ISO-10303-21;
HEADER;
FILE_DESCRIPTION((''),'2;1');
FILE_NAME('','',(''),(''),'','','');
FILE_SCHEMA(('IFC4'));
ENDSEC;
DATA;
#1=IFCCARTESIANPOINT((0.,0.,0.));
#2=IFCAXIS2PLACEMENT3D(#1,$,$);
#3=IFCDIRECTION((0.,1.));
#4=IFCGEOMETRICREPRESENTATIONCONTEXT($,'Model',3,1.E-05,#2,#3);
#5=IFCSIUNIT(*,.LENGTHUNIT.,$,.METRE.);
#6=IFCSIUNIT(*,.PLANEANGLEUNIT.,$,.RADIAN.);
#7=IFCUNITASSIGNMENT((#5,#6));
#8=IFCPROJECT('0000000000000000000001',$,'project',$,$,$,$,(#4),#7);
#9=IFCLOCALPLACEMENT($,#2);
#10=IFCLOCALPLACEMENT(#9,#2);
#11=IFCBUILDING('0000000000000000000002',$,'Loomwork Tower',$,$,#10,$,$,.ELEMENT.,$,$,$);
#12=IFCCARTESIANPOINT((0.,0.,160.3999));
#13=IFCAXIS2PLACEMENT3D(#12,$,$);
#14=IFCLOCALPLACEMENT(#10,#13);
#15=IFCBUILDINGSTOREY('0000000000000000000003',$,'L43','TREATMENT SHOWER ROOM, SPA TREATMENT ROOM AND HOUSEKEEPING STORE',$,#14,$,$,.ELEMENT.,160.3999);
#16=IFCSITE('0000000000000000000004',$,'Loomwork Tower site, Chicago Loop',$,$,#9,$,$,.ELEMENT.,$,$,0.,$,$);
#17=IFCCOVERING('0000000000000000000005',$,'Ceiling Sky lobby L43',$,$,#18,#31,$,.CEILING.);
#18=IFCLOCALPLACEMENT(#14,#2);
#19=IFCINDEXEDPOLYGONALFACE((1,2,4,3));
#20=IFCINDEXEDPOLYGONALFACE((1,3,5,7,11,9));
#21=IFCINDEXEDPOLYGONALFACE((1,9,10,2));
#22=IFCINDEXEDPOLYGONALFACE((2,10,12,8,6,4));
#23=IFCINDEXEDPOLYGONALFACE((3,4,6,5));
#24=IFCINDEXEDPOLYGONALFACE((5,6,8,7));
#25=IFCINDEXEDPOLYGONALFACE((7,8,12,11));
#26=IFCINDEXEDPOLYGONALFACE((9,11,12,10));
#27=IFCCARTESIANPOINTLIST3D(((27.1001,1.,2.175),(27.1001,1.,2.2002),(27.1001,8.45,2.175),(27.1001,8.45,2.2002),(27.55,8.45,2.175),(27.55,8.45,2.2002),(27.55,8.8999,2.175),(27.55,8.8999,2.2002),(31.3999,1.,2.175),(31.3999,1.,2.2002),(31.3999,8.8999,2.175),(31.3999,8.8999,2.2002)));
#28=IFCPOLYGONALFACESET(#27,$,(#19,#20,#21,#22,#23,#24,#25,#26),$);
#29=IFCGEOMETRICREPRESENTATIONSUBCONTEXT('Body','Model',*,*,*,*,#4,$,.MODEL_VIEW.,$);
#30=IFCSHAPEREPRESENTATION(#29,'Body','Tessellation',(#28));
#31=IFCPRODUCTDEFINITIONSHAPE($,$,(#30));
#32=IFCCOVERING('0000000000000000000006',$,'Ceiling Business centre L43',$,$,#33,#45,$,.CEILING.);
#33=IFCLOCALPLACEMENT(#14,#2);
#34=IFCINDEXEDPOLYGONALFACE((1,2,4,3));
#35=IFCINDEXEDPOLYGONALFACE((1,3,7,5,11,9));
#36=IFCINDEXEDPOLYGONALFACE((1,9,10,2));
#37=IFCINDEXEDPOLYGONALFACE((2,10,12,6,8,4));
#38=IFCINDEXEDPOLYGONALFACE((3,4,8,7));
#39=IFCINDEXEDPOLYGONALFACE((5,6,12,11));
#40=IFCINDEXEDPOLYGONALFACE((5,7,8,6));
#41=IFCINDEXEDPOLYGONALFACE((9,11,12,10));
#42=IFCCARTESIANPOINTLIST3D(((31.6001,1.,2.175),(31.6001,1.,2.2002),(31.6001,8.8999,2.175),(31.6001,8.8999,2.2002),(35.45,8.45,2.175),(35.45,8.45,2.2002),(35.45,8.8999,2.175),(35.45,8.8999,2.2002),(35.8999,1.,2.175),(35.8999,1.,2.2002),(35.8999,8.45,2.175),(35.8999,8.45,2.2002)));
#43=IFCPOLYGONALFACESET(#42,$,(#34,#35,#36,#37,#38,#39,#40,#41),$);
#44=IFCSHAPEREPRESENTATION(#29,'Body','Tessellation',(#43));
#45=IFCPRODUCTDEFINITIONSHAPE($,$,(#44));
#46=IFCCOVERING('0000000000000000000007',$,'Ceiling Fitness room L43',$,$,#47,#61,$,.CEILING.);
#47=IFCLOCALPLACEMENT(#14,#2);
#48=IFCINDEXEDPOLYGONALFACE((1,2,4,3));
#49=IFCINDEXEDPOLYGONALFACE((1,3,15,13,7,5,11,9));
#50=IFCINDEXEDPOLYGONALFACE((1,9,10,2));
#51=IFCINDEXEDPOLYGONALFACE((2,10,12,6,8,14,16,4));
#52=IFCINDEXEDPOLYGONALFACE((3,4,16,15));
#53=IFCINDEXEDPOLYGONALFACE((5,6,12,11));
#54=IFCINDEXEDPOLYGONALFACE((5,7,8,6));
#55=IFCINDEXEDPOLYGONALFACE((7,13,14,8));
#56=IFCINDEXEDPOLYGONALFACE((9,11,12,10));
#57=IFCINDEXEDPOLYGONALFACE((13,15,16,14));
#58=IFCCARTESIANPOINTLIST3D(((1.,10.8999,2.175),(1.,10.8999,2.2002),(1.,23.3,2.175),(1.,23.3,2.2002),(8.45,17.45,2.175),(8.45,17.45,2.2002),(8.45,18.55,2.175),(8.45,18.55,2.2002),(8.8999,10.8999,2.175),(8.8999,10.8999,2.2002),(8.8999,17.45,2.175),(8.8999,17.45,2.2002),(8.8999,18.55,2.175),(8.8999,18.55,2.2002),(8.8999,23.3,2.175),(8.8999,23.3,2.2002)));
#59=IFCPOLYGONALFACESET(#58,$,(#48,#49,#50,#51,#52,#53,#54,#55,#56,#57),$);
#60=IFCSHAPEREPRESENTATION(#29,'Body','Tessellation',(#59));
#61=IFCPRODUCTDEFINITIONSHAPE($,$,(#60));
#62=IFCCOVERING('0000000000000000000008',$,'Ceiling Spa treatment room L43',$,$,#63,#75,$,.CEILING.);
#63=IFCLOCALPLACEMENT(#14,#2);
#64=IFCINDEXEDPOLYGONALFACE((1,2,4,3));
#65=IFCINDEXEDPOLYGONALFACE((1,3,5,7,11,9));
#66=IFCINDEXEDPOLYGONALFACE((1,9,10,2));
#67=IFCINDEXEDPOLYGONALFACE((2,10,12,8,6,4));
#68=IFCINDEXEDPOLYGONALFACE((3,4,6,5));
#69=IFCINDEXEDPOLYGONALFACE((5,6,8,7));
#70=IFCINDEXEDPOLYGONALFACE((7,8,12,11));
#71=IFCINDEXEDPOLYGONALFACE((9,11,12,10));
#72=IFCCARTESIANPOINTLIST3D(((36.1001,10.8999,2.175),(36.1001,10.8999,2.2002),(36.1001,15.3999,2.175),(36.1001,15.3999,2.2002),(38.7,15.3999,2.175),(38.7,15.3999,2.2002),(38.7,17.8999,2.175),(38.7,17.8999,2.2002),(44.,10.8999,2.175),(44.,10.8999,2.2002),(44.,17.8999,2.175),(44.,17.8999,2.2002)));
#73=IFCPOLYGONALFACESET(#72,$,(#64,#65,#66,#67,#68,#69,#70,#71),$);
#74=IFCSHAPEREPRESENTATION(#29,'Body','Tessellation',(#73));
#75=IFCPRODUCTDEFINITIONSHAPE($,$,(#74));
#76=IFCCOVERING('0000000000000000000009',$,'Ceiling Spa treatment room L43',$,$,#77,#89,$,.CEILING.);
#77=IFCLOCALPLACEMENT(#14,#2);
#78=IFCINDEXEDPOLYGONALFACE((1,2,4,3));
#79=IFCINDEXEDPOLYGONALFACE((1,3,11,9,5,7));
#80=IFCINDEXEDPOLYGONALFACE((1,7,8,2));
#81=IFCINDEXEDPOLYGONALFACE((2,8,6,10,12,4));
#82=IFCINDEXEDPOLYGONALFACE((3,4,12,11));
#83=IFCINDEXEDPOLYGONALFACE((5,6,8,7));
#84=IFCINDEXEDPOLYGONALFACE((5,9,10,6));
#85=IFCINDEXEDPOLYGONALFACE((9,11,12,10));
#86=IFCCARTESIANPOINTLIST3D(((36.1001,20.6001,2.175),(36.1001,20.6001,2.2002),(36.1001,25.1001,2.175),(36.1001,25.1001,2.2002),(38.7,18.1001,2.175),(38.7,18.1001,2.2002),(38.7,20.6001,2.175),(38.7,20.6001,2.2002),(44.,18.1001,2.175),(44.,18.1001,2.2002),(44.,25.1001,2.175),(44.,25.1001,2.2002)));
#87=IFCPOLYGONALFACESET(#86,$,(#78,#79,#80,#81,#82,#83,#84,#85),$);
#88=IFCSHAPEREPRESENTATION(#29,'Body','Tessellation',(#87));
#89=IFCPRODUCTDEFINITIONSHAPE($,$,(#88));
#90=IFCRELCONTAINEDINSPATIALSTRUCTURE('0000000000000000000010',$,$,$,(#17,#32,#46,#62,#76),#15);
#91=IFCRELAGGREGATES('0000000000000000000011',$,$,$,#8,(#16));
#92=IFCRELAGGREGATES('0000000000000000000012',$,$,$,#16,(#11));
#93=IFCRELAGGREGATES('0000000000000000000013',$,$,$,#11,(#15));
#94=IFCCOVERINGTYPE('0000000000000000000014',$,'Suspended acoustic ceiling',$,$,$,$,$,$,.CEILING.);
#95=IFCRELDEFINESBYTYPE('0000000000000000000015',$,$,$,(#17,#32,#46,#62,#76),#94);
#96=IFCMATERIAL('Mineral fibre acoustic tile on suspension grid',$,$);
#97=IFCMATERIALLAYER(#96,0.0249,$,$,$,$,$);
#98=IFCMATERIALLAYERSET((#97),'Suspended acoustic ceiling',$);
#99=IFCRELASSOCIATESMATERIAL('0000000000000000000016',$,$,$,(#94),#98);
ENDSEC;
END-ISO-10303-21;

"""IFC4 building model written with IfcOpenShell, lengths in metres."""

from ifc_helpers import new_model, si_unit, direction, frame, origin, place, context, subcontext, project, spatial, polyline, outline, extrude, material, layer, layer_set, type_object, element, save


model = new_model("IFC4")

# Units and contexts
model_context = context("Model", 3, precision=1e-05, world=origin(), true_north=direction((0.0, 1.0)))
body_context = subcontext(model_context, "Body", "Model", "MODEL_VIEW")
ifc_project = project(units=[si_unit("LENGTHUNIT", "METRE"), si_unit("PLANEANGLEUNIT", "RADIAN")], contexts=[model_context])

# Site, building, storey
site_placement = place(None, origin())
site = spatial("IfcSite", under=ifc_project, at=site_placement, Name="Loomwork Tower site, Chicago Loop", CompositionType="ELEMENT", RefElevation=0.0)
building_placement = place(site_placement, origin())
building = spatial("IfcBuilding", under=site, at=building_placement, Name="Loomwork Tower", CompositionType="ELEMENT")
storey_placement = place(building_placement, frame((0.0, 0.0, 160.3999)))
storey = spatial("IfcBuildingStorey", under=building, at=storey_placement, Name="L43", Description="TREATMENT SHOWER ROOM, SPA TREATMENT ROOM AND HOUSEKEEPING STORE", CompositionType="ELEMENT", Elevation=160.3999)

# Coverings
ifc_material_1 = material(Name="Mineral fibre acoustic tile on suspension grid")
ifc_layer_1 = layer(ifc_material_1, 0.0249)
ifc_layer_set_1 = layer_set([ifc_layer_1], Name="Suspended acoustic ceiling")
covering_type_1 = type_object("IfcCoveringType", Name="Suspended acoustic ceiling", PredefinedType="CEILING", material=ifc_layer_set_1)
covering_1_placement = place(storey_placement, frame((0.0, 0.0, 2.175)))
element("IfcCovering", 1, at=covering_1_placement, inside=storey, type_object=covering_type_1, Name="Ceiling Sky lobby L43", PredefinedType="CEILING", context=body_context, shape_type="SweptSolid", body=[
    extrude(outline(polyline([(31.3999, 8.8999), (31.3999, 1.0), (27.1001, 1.0), (27.1001, 8.45), (27.55, 8.45), (27.55, 8.8999), (31.3999, 8.8999)])), origin(), (0.0, 0.0, 1.0), 0.0251),
])
covering_2_placement = place(storey_placement, frame((0.0, 0.0, 2.175)))
element("IfcCovering", 2, at=covering_2_placement, inside=storey, type_object=covering_type_1, Name="Ceiling Business centre L43", PredefinedType="CEILING", context=body_context, shape_type="SweptSolid", body=[
    extrude(outline(polyline([(35.45, 8.8999), (35.45, 8.45), (35.8999, 8.45), (35.8999, 1.0), (31.6001, 1.0), (31.6001, 8.8999), (35.45, 8.8999)])), origin(), (0.0, 0.0, 1.0), 0.0251),
])
covering_3_placement = place(storey_placement, frame((0.0, 0.0, 2.175)))
element("IfcCovering", 3, at=covering_3_placement, inside=storey, type_object=covering_type_1, Name="Ceiling Fitness room L43", PredefinedType="CEILING", context=body_context, shape_type="SweptSolid", body=[
    extrude(outline(polyline([(8.8999, 23.3), (8.8999, 18.55), (8.45, 18.55), (8.45, 17.45), (8.8999, 17.45), (8.8999, 10.8999), (1.0, 10.8999), (1.0, 23.3), (8.8999, 23.3)])), origin(), (0.0, 0.0, 1.0), 0.0251),
])
covering_4_placement = place(storey_placement, frame((0.0, 0.0, 2.175)))
element("IfcCovering", 4, at=covering_4_placement, inside=storey, type_object=covering_type_1, Name="Ceiling Spa treatment room L43", PredefinedType="CEILING", context=body_context, shape_type="SweptSolid", body=[
    extrude(outline(polyline([(36.1001, 15.3999), (38.7, 15.3999), (38.7, 17.8999), (44.0, 17.8999), (44.0, 10.8999), (36.1001, 10.8999), (36.1001, 15.3999)])), origin(), (0.0, 0.0, 1.0), 0.0251),
])
covering_5_placement = place(storey_placement, frame((0.0, 0.0, 2.175)))
element("IfcCovering", 5, at=covering_5_placement, inside=storey, type_object=covering_type_1, Name="Ceiling Spa treatment room L43", PredefinedType="CEILING", context=body_context, shape_type="SweptSolid", body=[
    extrude(outline(polyline([(38.7, 18.1001), (38.7, 20.6001), (36.1001, 20.6001), (36.1001, 25.1001), (44.0, 25.1001), (44.0, 18.1001), (38.7, 18.1001)])), origin(), (0.0, 0.0, 1.0), 0.0251),
])

save(model, "model.ifc")
